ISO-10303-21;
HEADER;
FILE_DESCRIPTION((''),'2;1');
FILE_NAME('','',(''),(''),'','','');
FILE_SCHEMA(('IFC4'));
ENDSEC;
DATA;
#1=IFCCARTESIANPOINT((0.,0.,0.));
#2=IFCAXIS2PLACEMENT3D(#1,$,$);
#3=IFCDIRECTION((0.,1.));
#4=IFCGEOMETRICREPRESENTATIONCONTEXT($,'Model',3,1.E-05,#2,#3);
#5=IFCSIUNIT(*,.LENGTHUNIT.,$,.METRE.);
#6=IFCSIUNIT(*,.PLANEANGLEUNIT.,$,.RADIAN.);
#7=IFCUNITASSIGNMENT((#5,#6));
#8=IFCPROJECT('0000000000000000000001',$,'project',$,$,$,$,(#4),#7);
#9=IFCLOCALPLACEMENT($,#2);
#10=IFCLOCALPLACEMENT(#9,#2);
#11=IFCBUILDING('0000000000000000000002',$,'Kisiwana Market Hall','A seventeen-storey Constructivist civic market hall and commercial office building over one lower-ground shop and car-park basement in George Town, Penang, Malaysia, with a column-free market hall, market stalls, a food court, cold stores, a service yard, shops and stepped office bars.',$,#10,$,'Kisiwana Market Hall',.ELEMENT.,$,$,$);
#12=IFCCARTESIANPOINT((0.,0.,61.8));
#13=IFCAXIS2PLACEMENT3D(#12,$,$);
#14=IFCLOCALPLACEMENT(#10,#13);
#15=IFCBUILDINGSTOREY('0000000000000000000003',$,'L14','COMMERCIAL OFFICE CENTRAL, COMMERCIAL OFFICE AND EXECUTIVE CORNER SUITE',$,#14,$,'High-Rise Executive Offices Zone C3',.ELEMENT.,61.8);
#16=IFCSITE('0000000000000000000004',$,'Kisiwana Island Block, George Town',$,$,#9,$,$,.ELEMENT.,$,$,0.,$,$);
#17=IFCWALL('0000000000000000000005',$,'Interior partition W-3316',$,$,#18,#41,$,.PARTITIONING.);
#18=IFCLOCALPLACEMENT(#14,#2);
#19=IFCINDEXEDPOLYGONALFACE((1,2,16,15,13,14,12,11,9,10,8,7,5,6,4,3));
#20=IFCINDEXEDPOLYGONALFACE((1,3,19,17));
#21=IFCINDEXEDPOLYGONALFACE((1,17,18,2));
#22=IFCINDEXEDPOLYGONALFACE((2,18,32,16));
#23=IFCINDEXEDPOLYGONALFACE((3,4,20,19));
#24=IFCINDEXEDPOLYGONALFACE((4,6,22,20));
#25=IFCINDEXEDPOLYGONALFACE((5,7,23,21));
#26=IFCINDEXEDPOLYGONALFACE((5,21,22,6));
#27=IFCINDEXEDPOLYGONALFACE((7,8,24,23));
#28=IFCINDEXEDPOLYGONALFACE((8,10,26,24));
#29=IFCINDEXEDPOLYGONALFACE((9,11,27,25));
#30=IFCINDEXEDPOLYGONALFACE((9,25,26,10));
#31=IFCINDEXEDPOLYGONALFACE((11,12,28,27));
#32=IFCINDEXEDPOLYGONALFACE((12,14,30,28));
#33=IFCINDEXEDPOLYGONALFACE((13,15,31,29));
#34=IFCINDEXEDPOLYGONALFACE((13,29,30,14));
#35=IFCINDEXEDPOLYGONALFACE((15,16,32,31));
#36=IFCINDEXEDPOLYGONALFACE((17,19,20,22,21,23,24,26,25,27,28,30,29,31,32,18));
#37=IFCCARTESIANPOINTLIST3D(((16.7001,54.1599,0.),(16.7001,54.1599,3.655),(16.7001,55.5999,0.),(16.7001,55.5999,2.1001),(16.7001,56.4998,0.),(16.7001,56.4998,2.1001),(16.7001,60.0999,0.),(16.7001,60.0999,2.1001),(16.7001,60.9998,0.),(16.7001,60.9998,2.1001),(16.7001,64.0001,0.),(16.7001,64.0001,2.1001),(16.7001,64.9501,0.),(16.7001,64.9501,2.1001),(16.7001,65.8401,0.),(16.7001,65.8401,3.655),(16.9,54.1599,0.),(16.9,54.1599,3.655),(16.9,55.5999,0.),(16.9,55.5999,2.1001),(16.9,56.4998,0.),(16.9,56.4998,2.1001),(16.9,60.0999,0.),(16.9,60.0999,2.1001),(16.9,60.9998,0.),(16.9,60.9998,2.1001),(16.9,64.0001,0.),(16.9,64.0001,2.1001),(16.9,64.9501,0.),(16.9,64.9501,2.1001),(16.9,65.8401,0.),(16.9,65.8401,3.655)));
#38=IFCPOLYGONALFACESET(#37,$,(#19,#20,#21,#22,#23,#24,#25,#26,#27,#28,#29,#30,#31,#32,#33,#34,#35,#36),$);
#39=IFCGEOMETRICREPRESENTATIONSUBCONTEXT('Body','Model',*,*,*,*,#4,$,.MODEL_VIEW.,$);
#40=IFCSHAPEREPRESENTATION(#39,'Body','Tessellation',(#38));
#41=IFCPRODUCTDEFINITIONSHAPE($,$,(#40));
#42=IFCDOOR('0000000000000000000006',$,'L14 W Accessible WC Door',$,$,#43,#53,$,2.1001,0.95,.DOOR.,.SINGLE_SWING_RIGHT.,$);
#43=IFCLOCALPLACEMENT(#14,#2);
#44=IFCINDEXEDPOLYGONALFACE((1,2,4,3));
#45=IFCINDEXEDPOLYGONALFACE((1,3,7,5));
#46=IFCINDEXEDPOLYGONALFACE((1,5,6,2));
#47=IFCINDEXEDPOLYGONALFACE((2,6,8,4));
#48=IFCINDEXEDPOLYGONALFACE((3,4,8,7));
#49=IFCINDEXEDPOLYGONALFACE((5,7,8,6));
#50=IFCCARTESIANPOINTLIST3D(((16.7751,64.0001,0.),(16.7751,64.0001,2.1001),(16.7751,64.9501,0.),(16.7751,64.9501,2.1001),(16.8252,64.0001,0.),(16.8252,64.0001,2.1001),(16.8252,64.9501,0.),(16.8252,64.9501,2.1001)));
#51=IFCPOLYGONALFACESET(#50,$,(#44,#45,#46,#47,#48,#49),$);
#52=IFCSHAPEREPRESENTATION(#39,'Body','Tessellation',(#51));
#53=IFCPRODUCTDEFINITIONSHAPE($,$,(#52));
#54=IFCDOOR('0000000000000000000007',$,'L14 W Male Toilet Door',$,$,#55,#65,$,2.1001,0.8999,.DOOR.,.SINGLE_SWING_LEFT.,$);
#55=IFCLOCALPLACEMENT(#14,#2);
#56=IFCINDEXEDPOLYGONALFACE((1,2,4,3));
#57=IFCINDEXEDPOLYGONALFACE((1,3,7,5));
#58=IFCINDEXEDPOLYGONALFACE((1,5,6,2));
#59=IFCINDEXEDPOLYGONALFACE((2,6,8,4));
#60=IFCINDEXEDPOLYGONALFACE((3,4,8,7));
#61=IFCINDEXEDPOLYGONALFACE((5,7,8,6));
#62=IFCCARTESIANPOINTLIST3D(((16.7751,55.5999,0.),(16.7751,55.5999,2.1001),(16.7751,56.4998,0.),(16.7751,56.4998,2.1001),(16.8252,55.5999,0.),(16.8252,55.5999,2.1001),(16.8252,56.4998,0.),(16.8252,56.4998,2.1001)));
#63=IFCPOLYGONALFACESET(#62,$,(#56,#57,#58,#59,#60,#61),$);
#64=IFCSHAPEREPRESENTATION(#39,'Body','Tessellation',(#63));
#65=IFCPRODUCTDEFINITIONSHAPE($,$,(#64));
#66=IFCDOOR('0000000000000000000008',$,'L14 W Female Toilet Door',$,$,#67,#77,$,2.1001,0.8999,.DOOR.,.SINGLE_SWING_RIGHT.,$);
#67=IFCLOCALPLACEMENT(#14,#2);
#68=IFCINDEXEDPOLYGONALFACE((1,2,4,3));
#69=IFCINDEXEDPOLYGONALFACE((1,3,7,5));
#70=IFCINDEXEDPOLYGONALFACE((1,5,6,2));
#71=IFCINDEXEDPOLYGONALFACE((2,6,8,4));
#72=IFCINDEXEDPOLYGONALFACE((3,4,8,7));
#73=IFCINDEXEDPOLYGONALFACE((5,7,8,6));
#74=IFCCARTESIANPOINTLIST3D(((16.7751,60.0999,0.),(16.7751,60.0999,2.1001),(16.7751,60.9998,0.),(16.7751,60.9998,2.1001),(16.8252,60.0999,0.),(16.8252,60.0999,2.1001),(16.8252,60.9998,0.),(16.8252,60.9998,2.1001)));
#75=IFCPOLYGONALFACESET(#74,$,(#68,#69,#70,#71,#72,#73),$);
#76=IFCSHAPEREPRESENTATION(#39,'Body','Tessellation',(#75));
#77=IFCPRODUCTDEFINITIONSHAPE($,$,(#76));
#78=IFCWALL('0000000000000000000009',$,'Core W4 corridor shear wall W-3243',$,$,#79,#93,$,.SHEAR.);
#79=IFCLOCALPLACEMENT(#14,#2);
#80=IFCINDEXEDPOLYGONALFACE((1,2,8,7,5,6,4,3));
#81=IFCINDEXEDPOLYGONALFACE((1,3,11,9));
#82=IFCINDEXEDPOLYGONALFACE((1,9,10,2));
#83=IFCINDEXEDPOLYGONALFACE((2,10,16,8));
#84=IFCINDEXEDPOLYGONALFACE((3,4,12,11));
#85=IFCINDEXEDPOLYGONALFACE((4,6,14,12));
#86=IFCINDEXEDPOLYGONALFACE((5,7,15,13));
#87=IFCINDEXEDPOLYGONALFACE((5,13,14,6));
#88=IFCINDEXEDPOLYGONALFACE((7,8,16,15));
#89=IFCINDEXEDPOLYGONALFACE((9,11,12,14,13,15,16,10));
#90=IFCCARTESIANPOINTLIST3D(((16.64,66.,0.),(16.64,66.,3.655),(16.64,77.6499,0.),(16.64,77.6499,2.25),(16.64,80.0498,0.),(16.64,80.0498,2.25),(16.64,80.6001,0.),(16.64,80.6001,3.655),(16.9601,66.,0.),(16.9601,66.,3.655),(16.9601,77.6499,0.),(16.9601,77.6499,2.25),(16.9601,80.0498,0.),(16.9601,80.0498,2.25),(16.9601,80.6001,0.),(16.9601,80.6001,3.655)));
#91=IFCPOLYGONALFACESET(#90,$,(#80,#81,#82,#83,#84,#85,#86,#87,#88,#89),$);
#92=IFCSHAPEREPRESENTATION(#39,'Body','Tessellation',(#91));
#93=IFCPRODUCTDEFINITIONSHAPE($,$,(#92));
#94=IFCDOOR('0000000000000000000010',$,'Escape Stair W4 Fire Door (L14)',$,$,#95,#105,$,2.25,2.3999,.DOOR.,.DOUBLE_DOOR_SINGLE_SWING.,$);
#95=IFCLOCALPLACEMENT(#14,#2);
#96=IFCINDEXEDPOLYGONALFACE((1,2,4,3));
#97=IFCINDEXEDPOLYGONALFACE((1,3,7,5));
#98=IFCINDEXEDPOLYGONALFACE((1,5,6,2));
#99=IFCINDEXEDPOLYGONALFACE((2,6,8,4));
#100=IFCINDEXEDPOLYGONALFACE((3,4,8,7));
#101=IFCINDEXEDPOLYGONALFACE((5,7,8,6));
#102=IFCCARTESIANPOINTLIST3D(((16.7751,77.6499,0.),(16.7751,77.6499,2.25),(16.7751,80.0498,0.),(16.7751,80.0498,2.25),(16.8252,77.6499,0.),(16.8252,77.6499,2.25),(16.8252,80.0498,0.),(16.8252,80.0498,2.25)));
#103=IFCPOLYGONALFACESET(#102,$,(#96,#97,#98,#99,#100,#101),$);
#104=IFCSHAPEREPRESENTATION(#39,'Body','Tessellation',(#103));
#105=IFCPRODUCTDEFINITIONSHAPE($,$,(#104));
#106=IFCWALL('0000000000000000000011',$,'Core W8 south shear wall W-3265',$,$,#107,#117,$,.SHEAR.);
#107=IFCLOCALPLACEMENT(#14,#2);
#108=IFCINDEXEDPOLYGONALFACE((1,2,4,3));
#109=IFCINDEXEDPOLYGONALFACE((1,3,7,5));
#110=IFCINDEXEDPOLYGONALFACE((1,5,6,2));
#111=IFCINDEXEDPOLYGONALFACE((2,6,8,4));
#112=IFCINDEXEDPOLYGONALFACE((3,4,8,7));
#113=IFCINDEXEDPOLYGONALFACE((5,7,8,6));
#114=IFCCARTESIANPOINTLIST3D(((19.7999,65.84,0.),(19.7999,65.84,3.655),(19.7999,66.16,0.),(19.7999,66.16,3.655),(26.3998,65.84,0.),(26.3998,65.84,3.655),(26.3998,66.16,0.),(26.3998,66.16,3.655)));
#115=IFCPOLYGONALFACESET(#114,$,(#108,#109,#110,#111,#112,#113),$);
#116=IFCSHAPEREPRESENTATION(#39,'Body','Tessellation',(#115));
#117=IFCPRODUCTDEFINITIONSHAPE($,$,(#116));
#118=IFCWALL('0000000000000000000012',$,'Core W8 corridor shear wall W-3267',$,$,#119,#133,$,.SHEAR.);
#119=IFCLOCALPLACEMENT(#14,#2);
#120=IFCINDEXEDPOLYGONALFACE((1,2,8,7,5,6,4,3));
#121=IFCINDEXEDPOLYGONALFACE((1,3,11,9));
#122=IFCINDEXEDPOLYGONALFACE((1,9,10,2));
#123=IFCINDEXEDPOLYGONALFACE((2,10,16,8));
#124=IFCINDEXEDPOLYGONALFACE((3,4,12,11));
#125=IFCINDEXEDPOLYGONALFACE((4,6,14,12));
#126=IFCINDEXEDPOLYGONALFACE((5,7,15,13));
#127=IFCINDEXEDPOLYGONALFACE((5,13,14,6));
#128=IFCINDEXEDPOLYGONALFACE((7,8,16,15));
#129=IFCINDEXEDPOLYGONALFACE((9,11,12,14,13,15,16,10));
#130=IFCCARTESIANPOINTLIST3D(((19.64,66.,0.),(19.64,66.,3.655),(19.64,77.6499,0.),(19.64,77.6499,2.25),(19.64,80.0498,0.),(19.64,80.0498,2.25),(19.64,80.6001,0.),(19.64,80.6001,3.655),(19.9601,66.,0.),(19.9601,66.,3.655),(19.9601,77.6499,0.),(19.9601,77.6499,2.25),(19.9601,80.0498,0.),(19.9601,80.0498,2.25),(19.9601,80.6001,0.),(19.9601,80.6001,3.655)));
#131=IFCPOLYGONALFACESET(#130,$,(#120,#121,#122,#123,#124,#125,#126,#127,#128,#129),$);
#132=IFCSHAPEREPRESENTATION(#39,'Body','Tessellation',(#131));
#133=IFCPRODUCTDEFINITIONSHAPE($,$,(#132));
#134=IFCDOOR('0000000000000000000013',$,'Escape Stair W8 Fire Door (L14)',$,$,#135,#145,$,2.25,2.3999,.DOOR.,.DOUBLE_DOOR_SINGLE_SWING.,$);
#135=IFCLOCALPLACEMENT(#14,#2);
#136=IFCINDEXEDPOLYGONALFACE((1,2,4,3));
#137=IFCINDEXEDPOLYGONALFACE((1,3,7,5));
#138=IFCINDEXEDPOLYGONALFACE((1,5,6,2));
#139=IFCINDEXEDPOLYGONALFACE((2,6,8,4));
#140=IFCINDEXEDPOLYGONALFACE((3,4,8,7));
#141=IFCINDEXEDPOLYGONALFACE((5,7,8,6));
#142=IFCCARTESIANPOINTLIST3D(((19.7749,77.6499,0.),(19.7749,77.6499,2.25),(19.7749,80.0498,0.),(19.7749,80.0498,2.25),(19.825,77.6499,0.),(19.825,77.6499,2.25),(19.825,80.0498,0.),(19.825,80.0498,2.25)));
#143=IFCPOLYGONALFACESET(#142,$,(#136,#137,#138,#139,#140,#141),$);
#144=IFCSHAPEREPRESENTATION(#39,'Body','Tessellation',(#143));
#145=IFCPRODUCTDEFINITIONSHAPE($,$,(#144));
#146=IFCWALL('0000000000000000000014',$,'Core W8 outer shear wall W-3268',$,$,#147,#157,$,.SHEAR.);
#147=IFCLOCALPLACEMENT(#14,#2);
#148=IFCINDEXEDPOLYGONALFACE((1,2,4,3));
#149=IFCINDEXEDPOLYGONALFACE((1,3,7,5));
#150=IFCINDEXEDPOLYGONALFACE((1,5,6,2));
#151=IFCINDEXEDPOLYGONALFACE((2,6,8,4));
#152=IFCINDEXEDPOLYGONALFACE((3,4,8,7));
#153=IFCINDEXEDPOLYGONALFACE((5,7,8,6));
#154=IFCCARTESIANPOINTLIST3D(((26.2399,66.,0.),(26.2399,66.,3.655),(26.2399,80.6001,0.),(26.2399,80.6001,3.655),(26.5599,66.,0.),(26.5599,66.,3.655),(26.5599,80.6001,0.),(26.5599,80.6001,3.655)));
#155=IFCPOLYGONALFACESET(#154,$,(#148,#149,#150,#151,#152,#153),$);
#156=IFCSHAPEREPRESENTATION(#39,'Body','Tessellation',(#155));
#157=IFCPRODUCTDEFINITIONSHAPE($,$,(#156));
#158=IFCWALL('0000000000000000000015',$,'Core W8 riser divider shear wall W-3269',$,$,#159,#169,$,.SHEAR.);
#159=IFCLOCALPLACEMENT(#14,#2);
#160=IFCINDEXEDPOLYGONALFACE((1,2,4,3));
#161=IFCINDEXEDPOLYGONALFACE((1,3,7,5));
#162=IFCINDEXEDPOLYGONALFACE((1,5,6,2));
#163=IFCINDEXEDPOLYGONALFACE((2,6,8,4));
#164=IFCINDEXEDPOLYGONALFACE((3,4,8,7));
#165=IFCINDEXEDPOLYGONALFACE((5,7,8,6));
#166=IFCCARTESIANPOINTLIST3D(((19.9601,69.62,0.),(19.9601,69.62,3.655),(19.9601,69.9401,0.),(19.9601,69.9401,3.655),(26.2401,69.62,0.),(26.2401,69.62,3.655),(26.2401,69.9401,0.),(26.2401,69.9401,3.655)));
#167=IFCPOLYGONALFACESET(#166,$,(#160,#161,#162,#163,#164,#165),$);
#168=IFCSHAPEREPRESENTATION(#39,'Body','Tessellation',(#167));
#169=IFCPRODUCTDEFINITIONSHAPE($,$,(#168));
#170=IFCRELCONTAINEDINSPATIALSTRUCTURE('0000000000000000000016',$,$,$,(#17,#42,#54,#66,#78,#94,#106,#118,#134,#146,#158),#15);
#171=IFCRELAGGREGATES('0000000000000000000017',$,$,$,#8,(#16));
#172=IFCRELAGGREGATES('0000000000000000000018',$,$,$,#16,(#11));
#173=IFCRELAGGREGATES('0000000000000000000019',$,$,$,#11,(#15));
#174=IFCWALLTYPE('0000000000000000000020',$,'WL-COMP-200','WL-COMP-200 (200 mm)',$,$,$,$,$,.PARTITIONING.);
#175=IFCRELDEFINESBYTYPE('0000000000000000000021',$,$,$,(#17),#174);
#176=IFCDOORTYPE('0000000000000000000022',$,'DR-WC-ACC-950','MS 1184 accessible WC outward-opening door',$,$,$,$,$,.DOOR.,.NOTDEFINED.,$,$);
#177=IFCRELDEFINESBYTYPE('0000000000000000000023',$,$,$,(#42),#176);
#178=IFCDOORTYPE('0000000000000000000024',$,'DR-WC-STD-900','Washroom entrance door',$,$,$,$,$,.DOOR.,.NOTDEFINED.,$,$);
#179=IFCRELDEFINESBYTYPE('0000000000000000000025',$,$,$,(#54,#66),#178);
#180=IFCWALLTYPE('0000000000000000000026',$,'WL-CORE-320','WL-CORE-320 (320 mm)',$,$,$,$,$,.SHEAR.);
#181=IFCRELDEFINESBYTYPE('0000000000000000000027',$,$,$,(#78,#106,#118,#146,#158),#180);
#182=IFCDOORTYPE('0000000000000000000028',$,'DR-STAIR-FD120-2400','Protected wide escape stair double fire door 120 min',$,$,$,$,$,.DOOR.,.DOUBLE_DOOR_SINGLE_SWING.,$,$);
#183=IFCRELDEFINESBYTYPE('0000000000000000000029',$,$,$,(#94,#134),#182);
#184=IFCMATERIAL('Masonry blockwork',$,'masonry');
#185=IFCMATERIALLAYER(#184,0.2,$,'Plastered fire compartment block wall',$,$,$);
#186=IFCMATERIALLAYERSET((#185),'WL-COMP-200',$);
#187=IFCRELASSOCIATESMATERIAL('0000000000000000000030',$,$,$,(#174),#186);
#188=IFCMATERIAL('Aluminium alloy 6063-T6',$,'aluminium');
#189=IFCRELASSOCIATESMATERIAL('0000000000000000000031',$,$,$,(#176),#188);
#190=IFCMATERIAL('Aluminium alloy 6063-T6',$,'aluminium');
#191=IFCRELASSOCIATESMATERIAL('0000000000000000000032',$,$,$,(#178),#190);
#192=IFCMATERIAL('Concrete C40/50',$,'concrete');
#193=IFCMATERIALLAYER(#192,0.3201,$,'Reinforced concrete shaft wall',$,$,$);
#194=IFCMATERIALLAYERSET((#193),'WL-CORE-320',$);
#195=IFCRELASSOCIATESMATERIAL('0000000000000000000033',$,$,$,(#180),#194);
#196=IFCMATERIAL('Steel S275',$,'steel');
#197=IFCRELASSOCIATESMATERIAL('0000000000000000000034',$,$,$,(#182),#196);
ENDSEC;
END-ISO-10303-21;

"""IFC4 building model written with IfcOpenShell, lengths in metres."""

from ifc_helpers import new_model, si_unit, direction, frame, frame_2d, origin, place, context, subcontext, project, spatial, rectangle, extrude, material, layer, layer_set, type_object, element, fill, save


model = new_model("IFC4")

# Units and contexts
model_context = context("Model", 3, precision=1e-05, world=origin(), true_north=direction((0.0, 1.0)))
body_context = subcontext(model_context, "Body", "Model", "MODEL_VIEW")
ifc_project = project(units=[si_unit("LENGTHUNIT", "METRE"), si_unit("PLANEANGLEUNIT", "RADIAN")], contexts=[model_context])

# Site, building, storey
site_placement = place(None, origin())
site = spatial("IfcSite", under=ifc_project, at=site_placement, Name="Kisiwana Island Block, George Town", CompositionType="ELEMENT", RefElevation=0.0)
building_placement = place(site_placement, origin())
building = spatial("IfcBuilding", under=site, at=building_placement, Name="Kisiwana Market Hall", Description="A seventeen-storey Constructivist civic market hall and commercial office building over one lower-ground shop and car-park basement in George Town, Penang, Malaysia, with a column-free market hall, market stalls, a food court, cold stores, a service yard, shops and stepped office bars.", LongName="Kisiwana Market Hall", CompositionType="ELEMENT")
storey_placement = place(building_placement, frame((0.0, 0.0, 61.8)))
storey = spatial("IfcBuildingStorey", under=building, at=storey_placement, Name="L14", Description="COMMERCIAL OFFICE CENTRAL, COMMERCIAL OFFICE AND EXECUTIVE CORNER SUITE", LongName="High-Rise Executive Offices Zone C3", CompositionType="ELEMENT", Elevation=61.8)

# Wall, openings, doors
ifc_material_1 = material(Name="Masonry blockwork", Category="masonry")
ifc_layer_1 = layer(ifc_material_1, 0.2, Name="Plastered fire compartment block wall")
ifc_layer_set_1 = layer_set([ifc_layer_1], Name="WL-COMP-200")
wall_type_1 = type_object("IfcWallType", Name="WL-COMP-200", Description="WL-COMP-200 (200 mm)", PredefinedType="PARTITIONING", material=ifc_layer_set_1)
wall_1_placement = place(storey_placement, frame((16.8, 54.1599, 0.0), z_axis=(0.0, 0.0, 1.0), x_axis=(0.0, 1.0, 0.0)))
wall_1 = element("IfcWall", 1, at=wall_1_placement, inside=storey, type_object=wall_type_1, Name="Interior partition W-3316", PredefinedType="PARTITIONING", context=body_context, shape_type="SweptSolid", body=[
    extrude(rectangle(XDim=11.6802, YDim=0.2, at=frame_2d((5.8401, 0.0))), origin(), (0.0, 0.0, 1.0), 3.655),
])
opening_1_placement = place(wall_1_placement, frame((1.4399, 0.0, 0.0)))
opening_1 = element("IfcOpeningElement", 2, at=opening_1_placement, cuts=wall_1, PredefinedType="OPENING", context=body_context, shape_type="SweptSolid", body=[
    extrude(rectangle(XDim=0.8999, YDim=2.1001, at=frame_2d((0.45, 1.05))), frame((0.0, 0.1118, 0.0), z_axis=(0.0, -1.0, 0.0), x_axis=(1.0, 0.0, 0.0)), (0.0, 0.0, 1.0), 0.2239),
])
opening_2_placement = place(wall_1_placement, frame((5.9399, 0.0, 0.0)))
opening_2 = element("IfcOpeningElement", 3, at=opening_2_placement, cuts=wall_1, PredefinedType="OPENING", context=body_context, shape_type="SweptSolid", body=[
    extrude(rectangle(XDim=0.8999, YDim=2.1001, at=frame_2d((0.45, 1.05))), frame((0.0, 0.1118, 0.0), z_axis=(0.0, -1.0, 0.0), x_axis=(1.0, 0.0, 0.0)), (0.0, 0.0, 1.0), 0.2239),
])
opening_3_placement = place(wall_1_placement, frame((9.8401, 0.0, 0.0)))
opening_3 = element("IfcOpeningElement", 4, at=opening_3_placement, cuts=wall_1, PredefinedType="OPENING", context=body_context, shape_type="SweptSolid", body=[
    extrude(rectangle(XDim=0.95, YDim=2.1001, at=frame_2d((0.4751, 1.05))), frame((0.0, 0.1118, 0.0), z_axis=(0.0, -1.0, 0.0), x_axis=(1.0, 0.0, 0.0)), (0.0, 0.0, 1.0), 0.2239),
])
ifc_material_2 = material(Name="Aluminium alloy 6063-T6", Category="aluminium")
door_type_1 = type_object("IfcDoorType", Name="DR-WC-ACC-950", Description="MS 1184 accessible WC outward-opening door", OperationType="NOTDEFINED", PredefinedType="DOOR", material=ifc_material_2)
door_1_placement = place(opening_3_placement, origin())
door_1 = element("IfcDoor", 5, at=door_1_placement, inside=storey, type_object=door_type_1, Name="L14 W Accessible WC Door", OperationType="SINGLE_SWING_RIGHT", OverallHeight=2.1001, OverallWidth=0.95, PredefinedType="DOOR", context=body_context, shape_type="SweptSolid", body=[
    extrude(rectangle(XDim=0.95, YDim=2.1001, at=frame_2d((0.4751, 1.05))), frame((0.0, 0.0249, 0.0), z_axis=(0.0, -1.0, 0.0), x_axis=(1.0, 0.0, 0.0)), (0.0, 0.0, 1.0), 0.05),
])
fill(opening_3, door_1)
ifc_material_3 = material(Name="Aluminium alloy 6063-T6", Category="aluminium")
door_type_2 = type_object("IfcDoorType", Name="DR-WC-STD-900", Description="Washroom entrance door", OperationType="NOTDEFINED", PredefinedType="DOOR", material=ifc_material_3)
door_2_placement = place(opening_1_placement, origin())
door_2 = element("IfcDoor", 6, at=door_2_placement, inside=storey, type_object=door_type_2, Name="L14 W Male Toilet Door", OperationType="SINGLE_SWING_LEFT", OverallHeight=2.1001, OverallWidth=0.8999, PredefinedType="DOOR", context=body_context, shape_type="SweptSolid", body=[
    extrude(rectangle(XDim=0.8999, YDim=2.1001, at=frame_2d((0.45, 1.05))), frame((0.0, 0.0249, 0.0), z_axis=(0.0, -1.0, 0.0), x_axis=(1.0, 0.0, 0.0)), (0.0, 0.0, 1.0), 0.05),
])
fill(opening_1, door_2)
door_3_placement = place(opening_2_placement, origin())
door_3 = element("IfcDoor", 7, at=door_3_placement, inside=storey, type_object=door_type_2, Name="L14 W Female Toilet Door", OperationType="SINGLE_SWING_RIGHT", OverallHeight=2.1001, OverallWidth=0.8999, PredefinedType="DOOR", context=body_context, shape_type="SweptSolid", body=[
    extrude(rectangle(XDim=0.8999, YDim=2.1001, at=frame_2d((0.45, 1.05))), frame((0.0, 0.0249, 0.0), z_axis=(0.0, -1.0, 0.0), x_axis=(1.0, 0.0, 0.0)), (0.0, 0.0, 1.0), 0.05),
])
fill(opening_2, door_3)

# Wall, opening, door
ifc_material_4 = material(Name="Concrete C40/50", Category="concrete")
ifc_layer_2 = layer(ifc_material_4, 0.3201, Name="Reinforced concrete shaft wall")
ifc_layer_set_2 = layer_set([ifc_layer_2], Name="WL-CORE-320")
wall_type_2 = type_object("IfcWallType", Name="WL-CORE-320", Description="WL-CORE-320 (320 mm)", PredefinedType="SHEAR", material=ifc_layer_set_2)
wall_2_placement = place(storey_placement, frame((16.8, 66.0, 0.0), z_axis=(0.0, 0.0, 1.0), x_axis=(0.0, 1.0, 0.0)))
wall_2 = element("IfcWall", 8, at=wall_2_placement, inside=storey, type_object=wall_type_2, Name="Core W4 corridor shear wall W-3243", PredefinedType="SHEAR", context=body_context, shape_type="SweptSolid", body=[
    extrude(rectangle(XDim=14.6001, YDim=0.3201, at=frame_2d((7.3, 0.0))), origin(), (0.0, 0.0, 1.0), 3.655),
])
opening_4_placement = place(wall_2_placement, frame((11.6499, 0.0, 0.0)))
opening_4 = element("IfcOpeningElement", 9, at=opening_4_placement, cuts=wall_2, PredefinedType="OPENING", context=body_context, shape_type="SweptSolid", body=[
    extrude(rectangle(XDim=2.3999, YDim=2.25, at=frame_2d((1.2, 1.125))), frame((0.0, 0.1719, 0.0), z_axis=(0.0, -1.0, 0.0), x_axis=(1.0, 0.0, 0.0)), (0.0, 0.0, 1.0), 0.344),
])
ifc_material_5 = material(Name="Steel S275", Category="steel")
door_type_3 = type_object("IfcDoorType", Name="DR-STAIR-FD120-2400", Description="Protected wide escape stair double fire door 120 min", OperationType="DOUBLE_DOOR_SINGLE_SWING", PredefinedType="DOOR", material=ifc_material_5)
door_4_placement = place(opening_4_placement, origin())
door_4 = element("IfcDoor", 10, at=door_4_placement, inside=storey, type_object=door_type_3, Name="Escape Stair W4 Fire Door (L14)", OperationType="DOUBLE_DOOR_SINGLE_SWING", OverallHeight=2.25, OverallWidth=2.3999, PredefinedType="DOOR", context=body_context, shape_type="SweptSolid", body=[
    extrude(rectangle(XDim=2.3999, YDim=2.25, at=frame_2d((1.2, 1.125))), frame((0.0, 0.0249, 0.0), z_axis=(0.0, -1.0, 0.0), x_axis=(1.0, 0.0, 0.0)), (0.0, 0.0, 1.0), 0.05),
])
fill(opening_4, door_4)

# Wall
wall_3_placement = place(storey_placement, frame((19.8, 66.0, 0.0), z_axis=(0.0, 0.0, 1.0), x_axis=(1.0, 0.0, 0.0)))
element("IfcWall", 11, at=wall_3_placement, inside=storey, type_object=wall_type_2, Name="Core W8 south shear wall W-3265", PredefinedType="SHEAR", context=body_context, shape_type="SweptSolid", body=[
    extrude(rectangle(XDim=6.5999, YDim=0.3201, at=frame_2d((3.2998, 0.0))), origin(), (0.0, 0.0, 1.0), 3.655),
])

# Wall, opening, door
wall_4_placement = place(storey_placement, frame((19.8, 66.0, 0.0), z_axis=(0.0, 0.0, 1.0), x_axis=(0.0, 1.0, 0.0)))
wall_4 = element("IfcWall", 12, at=wall_4_placement, inside=storey, type_object=wall_type_2, Name="Core W8 corridor shear wall W-3267", PredefinedType="SHEAR", context=body_context, shape_type="SweptSolid", body=[
    extrude(rectangle(XDim=14.6001, YDim=0.3201, at=frame_2d((7.3, 0.0))), origin(), (0.0, 0.0, 1.0), 3.655),
])
opening_5_placement = place(wall_4_placement, frame((11.6499, 0.0, 0.0)))
opening_5 = element("IfcOpeningElement", 13, at=opening_5_placement, cuts=wall_4, PredefinedType="OPENING", context=body_context, shape_type="SweptSolid", body=[
    extrude(rectangle(XDim=2.3999, YDim=2.25, at=frame_2d((1.2, 1.125))), frame((0.0, 0.1719, 0.0), z_axis=(0.0, -1.0, 0.0), x_axis=(1.0, 0.0, 0.0)), (0.0, 0.0, 1.0), 0.344),
])
door_5_placement = place(opening_5_placement, frame((2.3999, 0.0, 0.0), z_axis=(0.0, 0.0, 1.0), x_axis=(-1.0, 0.0, 0.0)))
door_5 = element("IfcDoor", 14, at=door_5_placement, inside=storey, type_object=door_type_3, Name="Escape Stair W8 Fire Door (L14)", OperationType="DOUBLE_DOOR_SINGLE_SWING", OverallHeight=2.25, OverallWidth=2.3999, PredefinedType="DOOR", context=body_context, shape_type="SweptSolid", body=[
    extrude(rectangle(XDim=2.3999, YDim=2.25, at=frame_2d((1.2, 1.125))), frame((0.0, 0.0249, 0.0), z_axis=(0.0, -1.0, 0.0), x_axis=(1.0, 0.0, 0.0)), (0.0, 0.0, 1.0), 0.05),
])
fill(opening_5, door_5)

# Walls
wall_5_placement = place(storey_placement, frame((26.3999, 66.0, 0.0), z_axis=(0.0, 0.0, 1.0), x_axis=(0.0, 1.0, 0.0)))
element("IfcWall", 15, at=wall_5_placement, inside=storey, type_object=wall_type_2, Name="Core W8 outer shear wall W-3268", PredefinedType="SHEAR", context=body_context, shape_type="SweptSolid", body=[
    extrude(rectangle(XDim=14.6001, YDim=0.3201, at=frame_2d((7.3, 0.0))), origin(), (0.0, 0.0, 1.0), 3.655),
])
wall_6_placement = place(storey_placement, frame((19.96, 69.78, 0.0), z_axis=(0.0, 0.0, 1.0), x_axis=(1.0, 0.0, 0.0)))
element("IfcWall", 16, at=wall_6_placement, inside=storey, type_object=wall_type_2, Name="Core W8 riser divider shear wall W-3269", PredefinedType="SHEAR", context=body_context, shape_type="SweptSolid", body=[
    extrude(rectangle(XDim=6.28, YDim=0.3201, at=frame_2d((3.1401, 0.0))), origin(), (0.0, 0.0, 1.0), 3.655),
])

save(model, "model.ifc")
